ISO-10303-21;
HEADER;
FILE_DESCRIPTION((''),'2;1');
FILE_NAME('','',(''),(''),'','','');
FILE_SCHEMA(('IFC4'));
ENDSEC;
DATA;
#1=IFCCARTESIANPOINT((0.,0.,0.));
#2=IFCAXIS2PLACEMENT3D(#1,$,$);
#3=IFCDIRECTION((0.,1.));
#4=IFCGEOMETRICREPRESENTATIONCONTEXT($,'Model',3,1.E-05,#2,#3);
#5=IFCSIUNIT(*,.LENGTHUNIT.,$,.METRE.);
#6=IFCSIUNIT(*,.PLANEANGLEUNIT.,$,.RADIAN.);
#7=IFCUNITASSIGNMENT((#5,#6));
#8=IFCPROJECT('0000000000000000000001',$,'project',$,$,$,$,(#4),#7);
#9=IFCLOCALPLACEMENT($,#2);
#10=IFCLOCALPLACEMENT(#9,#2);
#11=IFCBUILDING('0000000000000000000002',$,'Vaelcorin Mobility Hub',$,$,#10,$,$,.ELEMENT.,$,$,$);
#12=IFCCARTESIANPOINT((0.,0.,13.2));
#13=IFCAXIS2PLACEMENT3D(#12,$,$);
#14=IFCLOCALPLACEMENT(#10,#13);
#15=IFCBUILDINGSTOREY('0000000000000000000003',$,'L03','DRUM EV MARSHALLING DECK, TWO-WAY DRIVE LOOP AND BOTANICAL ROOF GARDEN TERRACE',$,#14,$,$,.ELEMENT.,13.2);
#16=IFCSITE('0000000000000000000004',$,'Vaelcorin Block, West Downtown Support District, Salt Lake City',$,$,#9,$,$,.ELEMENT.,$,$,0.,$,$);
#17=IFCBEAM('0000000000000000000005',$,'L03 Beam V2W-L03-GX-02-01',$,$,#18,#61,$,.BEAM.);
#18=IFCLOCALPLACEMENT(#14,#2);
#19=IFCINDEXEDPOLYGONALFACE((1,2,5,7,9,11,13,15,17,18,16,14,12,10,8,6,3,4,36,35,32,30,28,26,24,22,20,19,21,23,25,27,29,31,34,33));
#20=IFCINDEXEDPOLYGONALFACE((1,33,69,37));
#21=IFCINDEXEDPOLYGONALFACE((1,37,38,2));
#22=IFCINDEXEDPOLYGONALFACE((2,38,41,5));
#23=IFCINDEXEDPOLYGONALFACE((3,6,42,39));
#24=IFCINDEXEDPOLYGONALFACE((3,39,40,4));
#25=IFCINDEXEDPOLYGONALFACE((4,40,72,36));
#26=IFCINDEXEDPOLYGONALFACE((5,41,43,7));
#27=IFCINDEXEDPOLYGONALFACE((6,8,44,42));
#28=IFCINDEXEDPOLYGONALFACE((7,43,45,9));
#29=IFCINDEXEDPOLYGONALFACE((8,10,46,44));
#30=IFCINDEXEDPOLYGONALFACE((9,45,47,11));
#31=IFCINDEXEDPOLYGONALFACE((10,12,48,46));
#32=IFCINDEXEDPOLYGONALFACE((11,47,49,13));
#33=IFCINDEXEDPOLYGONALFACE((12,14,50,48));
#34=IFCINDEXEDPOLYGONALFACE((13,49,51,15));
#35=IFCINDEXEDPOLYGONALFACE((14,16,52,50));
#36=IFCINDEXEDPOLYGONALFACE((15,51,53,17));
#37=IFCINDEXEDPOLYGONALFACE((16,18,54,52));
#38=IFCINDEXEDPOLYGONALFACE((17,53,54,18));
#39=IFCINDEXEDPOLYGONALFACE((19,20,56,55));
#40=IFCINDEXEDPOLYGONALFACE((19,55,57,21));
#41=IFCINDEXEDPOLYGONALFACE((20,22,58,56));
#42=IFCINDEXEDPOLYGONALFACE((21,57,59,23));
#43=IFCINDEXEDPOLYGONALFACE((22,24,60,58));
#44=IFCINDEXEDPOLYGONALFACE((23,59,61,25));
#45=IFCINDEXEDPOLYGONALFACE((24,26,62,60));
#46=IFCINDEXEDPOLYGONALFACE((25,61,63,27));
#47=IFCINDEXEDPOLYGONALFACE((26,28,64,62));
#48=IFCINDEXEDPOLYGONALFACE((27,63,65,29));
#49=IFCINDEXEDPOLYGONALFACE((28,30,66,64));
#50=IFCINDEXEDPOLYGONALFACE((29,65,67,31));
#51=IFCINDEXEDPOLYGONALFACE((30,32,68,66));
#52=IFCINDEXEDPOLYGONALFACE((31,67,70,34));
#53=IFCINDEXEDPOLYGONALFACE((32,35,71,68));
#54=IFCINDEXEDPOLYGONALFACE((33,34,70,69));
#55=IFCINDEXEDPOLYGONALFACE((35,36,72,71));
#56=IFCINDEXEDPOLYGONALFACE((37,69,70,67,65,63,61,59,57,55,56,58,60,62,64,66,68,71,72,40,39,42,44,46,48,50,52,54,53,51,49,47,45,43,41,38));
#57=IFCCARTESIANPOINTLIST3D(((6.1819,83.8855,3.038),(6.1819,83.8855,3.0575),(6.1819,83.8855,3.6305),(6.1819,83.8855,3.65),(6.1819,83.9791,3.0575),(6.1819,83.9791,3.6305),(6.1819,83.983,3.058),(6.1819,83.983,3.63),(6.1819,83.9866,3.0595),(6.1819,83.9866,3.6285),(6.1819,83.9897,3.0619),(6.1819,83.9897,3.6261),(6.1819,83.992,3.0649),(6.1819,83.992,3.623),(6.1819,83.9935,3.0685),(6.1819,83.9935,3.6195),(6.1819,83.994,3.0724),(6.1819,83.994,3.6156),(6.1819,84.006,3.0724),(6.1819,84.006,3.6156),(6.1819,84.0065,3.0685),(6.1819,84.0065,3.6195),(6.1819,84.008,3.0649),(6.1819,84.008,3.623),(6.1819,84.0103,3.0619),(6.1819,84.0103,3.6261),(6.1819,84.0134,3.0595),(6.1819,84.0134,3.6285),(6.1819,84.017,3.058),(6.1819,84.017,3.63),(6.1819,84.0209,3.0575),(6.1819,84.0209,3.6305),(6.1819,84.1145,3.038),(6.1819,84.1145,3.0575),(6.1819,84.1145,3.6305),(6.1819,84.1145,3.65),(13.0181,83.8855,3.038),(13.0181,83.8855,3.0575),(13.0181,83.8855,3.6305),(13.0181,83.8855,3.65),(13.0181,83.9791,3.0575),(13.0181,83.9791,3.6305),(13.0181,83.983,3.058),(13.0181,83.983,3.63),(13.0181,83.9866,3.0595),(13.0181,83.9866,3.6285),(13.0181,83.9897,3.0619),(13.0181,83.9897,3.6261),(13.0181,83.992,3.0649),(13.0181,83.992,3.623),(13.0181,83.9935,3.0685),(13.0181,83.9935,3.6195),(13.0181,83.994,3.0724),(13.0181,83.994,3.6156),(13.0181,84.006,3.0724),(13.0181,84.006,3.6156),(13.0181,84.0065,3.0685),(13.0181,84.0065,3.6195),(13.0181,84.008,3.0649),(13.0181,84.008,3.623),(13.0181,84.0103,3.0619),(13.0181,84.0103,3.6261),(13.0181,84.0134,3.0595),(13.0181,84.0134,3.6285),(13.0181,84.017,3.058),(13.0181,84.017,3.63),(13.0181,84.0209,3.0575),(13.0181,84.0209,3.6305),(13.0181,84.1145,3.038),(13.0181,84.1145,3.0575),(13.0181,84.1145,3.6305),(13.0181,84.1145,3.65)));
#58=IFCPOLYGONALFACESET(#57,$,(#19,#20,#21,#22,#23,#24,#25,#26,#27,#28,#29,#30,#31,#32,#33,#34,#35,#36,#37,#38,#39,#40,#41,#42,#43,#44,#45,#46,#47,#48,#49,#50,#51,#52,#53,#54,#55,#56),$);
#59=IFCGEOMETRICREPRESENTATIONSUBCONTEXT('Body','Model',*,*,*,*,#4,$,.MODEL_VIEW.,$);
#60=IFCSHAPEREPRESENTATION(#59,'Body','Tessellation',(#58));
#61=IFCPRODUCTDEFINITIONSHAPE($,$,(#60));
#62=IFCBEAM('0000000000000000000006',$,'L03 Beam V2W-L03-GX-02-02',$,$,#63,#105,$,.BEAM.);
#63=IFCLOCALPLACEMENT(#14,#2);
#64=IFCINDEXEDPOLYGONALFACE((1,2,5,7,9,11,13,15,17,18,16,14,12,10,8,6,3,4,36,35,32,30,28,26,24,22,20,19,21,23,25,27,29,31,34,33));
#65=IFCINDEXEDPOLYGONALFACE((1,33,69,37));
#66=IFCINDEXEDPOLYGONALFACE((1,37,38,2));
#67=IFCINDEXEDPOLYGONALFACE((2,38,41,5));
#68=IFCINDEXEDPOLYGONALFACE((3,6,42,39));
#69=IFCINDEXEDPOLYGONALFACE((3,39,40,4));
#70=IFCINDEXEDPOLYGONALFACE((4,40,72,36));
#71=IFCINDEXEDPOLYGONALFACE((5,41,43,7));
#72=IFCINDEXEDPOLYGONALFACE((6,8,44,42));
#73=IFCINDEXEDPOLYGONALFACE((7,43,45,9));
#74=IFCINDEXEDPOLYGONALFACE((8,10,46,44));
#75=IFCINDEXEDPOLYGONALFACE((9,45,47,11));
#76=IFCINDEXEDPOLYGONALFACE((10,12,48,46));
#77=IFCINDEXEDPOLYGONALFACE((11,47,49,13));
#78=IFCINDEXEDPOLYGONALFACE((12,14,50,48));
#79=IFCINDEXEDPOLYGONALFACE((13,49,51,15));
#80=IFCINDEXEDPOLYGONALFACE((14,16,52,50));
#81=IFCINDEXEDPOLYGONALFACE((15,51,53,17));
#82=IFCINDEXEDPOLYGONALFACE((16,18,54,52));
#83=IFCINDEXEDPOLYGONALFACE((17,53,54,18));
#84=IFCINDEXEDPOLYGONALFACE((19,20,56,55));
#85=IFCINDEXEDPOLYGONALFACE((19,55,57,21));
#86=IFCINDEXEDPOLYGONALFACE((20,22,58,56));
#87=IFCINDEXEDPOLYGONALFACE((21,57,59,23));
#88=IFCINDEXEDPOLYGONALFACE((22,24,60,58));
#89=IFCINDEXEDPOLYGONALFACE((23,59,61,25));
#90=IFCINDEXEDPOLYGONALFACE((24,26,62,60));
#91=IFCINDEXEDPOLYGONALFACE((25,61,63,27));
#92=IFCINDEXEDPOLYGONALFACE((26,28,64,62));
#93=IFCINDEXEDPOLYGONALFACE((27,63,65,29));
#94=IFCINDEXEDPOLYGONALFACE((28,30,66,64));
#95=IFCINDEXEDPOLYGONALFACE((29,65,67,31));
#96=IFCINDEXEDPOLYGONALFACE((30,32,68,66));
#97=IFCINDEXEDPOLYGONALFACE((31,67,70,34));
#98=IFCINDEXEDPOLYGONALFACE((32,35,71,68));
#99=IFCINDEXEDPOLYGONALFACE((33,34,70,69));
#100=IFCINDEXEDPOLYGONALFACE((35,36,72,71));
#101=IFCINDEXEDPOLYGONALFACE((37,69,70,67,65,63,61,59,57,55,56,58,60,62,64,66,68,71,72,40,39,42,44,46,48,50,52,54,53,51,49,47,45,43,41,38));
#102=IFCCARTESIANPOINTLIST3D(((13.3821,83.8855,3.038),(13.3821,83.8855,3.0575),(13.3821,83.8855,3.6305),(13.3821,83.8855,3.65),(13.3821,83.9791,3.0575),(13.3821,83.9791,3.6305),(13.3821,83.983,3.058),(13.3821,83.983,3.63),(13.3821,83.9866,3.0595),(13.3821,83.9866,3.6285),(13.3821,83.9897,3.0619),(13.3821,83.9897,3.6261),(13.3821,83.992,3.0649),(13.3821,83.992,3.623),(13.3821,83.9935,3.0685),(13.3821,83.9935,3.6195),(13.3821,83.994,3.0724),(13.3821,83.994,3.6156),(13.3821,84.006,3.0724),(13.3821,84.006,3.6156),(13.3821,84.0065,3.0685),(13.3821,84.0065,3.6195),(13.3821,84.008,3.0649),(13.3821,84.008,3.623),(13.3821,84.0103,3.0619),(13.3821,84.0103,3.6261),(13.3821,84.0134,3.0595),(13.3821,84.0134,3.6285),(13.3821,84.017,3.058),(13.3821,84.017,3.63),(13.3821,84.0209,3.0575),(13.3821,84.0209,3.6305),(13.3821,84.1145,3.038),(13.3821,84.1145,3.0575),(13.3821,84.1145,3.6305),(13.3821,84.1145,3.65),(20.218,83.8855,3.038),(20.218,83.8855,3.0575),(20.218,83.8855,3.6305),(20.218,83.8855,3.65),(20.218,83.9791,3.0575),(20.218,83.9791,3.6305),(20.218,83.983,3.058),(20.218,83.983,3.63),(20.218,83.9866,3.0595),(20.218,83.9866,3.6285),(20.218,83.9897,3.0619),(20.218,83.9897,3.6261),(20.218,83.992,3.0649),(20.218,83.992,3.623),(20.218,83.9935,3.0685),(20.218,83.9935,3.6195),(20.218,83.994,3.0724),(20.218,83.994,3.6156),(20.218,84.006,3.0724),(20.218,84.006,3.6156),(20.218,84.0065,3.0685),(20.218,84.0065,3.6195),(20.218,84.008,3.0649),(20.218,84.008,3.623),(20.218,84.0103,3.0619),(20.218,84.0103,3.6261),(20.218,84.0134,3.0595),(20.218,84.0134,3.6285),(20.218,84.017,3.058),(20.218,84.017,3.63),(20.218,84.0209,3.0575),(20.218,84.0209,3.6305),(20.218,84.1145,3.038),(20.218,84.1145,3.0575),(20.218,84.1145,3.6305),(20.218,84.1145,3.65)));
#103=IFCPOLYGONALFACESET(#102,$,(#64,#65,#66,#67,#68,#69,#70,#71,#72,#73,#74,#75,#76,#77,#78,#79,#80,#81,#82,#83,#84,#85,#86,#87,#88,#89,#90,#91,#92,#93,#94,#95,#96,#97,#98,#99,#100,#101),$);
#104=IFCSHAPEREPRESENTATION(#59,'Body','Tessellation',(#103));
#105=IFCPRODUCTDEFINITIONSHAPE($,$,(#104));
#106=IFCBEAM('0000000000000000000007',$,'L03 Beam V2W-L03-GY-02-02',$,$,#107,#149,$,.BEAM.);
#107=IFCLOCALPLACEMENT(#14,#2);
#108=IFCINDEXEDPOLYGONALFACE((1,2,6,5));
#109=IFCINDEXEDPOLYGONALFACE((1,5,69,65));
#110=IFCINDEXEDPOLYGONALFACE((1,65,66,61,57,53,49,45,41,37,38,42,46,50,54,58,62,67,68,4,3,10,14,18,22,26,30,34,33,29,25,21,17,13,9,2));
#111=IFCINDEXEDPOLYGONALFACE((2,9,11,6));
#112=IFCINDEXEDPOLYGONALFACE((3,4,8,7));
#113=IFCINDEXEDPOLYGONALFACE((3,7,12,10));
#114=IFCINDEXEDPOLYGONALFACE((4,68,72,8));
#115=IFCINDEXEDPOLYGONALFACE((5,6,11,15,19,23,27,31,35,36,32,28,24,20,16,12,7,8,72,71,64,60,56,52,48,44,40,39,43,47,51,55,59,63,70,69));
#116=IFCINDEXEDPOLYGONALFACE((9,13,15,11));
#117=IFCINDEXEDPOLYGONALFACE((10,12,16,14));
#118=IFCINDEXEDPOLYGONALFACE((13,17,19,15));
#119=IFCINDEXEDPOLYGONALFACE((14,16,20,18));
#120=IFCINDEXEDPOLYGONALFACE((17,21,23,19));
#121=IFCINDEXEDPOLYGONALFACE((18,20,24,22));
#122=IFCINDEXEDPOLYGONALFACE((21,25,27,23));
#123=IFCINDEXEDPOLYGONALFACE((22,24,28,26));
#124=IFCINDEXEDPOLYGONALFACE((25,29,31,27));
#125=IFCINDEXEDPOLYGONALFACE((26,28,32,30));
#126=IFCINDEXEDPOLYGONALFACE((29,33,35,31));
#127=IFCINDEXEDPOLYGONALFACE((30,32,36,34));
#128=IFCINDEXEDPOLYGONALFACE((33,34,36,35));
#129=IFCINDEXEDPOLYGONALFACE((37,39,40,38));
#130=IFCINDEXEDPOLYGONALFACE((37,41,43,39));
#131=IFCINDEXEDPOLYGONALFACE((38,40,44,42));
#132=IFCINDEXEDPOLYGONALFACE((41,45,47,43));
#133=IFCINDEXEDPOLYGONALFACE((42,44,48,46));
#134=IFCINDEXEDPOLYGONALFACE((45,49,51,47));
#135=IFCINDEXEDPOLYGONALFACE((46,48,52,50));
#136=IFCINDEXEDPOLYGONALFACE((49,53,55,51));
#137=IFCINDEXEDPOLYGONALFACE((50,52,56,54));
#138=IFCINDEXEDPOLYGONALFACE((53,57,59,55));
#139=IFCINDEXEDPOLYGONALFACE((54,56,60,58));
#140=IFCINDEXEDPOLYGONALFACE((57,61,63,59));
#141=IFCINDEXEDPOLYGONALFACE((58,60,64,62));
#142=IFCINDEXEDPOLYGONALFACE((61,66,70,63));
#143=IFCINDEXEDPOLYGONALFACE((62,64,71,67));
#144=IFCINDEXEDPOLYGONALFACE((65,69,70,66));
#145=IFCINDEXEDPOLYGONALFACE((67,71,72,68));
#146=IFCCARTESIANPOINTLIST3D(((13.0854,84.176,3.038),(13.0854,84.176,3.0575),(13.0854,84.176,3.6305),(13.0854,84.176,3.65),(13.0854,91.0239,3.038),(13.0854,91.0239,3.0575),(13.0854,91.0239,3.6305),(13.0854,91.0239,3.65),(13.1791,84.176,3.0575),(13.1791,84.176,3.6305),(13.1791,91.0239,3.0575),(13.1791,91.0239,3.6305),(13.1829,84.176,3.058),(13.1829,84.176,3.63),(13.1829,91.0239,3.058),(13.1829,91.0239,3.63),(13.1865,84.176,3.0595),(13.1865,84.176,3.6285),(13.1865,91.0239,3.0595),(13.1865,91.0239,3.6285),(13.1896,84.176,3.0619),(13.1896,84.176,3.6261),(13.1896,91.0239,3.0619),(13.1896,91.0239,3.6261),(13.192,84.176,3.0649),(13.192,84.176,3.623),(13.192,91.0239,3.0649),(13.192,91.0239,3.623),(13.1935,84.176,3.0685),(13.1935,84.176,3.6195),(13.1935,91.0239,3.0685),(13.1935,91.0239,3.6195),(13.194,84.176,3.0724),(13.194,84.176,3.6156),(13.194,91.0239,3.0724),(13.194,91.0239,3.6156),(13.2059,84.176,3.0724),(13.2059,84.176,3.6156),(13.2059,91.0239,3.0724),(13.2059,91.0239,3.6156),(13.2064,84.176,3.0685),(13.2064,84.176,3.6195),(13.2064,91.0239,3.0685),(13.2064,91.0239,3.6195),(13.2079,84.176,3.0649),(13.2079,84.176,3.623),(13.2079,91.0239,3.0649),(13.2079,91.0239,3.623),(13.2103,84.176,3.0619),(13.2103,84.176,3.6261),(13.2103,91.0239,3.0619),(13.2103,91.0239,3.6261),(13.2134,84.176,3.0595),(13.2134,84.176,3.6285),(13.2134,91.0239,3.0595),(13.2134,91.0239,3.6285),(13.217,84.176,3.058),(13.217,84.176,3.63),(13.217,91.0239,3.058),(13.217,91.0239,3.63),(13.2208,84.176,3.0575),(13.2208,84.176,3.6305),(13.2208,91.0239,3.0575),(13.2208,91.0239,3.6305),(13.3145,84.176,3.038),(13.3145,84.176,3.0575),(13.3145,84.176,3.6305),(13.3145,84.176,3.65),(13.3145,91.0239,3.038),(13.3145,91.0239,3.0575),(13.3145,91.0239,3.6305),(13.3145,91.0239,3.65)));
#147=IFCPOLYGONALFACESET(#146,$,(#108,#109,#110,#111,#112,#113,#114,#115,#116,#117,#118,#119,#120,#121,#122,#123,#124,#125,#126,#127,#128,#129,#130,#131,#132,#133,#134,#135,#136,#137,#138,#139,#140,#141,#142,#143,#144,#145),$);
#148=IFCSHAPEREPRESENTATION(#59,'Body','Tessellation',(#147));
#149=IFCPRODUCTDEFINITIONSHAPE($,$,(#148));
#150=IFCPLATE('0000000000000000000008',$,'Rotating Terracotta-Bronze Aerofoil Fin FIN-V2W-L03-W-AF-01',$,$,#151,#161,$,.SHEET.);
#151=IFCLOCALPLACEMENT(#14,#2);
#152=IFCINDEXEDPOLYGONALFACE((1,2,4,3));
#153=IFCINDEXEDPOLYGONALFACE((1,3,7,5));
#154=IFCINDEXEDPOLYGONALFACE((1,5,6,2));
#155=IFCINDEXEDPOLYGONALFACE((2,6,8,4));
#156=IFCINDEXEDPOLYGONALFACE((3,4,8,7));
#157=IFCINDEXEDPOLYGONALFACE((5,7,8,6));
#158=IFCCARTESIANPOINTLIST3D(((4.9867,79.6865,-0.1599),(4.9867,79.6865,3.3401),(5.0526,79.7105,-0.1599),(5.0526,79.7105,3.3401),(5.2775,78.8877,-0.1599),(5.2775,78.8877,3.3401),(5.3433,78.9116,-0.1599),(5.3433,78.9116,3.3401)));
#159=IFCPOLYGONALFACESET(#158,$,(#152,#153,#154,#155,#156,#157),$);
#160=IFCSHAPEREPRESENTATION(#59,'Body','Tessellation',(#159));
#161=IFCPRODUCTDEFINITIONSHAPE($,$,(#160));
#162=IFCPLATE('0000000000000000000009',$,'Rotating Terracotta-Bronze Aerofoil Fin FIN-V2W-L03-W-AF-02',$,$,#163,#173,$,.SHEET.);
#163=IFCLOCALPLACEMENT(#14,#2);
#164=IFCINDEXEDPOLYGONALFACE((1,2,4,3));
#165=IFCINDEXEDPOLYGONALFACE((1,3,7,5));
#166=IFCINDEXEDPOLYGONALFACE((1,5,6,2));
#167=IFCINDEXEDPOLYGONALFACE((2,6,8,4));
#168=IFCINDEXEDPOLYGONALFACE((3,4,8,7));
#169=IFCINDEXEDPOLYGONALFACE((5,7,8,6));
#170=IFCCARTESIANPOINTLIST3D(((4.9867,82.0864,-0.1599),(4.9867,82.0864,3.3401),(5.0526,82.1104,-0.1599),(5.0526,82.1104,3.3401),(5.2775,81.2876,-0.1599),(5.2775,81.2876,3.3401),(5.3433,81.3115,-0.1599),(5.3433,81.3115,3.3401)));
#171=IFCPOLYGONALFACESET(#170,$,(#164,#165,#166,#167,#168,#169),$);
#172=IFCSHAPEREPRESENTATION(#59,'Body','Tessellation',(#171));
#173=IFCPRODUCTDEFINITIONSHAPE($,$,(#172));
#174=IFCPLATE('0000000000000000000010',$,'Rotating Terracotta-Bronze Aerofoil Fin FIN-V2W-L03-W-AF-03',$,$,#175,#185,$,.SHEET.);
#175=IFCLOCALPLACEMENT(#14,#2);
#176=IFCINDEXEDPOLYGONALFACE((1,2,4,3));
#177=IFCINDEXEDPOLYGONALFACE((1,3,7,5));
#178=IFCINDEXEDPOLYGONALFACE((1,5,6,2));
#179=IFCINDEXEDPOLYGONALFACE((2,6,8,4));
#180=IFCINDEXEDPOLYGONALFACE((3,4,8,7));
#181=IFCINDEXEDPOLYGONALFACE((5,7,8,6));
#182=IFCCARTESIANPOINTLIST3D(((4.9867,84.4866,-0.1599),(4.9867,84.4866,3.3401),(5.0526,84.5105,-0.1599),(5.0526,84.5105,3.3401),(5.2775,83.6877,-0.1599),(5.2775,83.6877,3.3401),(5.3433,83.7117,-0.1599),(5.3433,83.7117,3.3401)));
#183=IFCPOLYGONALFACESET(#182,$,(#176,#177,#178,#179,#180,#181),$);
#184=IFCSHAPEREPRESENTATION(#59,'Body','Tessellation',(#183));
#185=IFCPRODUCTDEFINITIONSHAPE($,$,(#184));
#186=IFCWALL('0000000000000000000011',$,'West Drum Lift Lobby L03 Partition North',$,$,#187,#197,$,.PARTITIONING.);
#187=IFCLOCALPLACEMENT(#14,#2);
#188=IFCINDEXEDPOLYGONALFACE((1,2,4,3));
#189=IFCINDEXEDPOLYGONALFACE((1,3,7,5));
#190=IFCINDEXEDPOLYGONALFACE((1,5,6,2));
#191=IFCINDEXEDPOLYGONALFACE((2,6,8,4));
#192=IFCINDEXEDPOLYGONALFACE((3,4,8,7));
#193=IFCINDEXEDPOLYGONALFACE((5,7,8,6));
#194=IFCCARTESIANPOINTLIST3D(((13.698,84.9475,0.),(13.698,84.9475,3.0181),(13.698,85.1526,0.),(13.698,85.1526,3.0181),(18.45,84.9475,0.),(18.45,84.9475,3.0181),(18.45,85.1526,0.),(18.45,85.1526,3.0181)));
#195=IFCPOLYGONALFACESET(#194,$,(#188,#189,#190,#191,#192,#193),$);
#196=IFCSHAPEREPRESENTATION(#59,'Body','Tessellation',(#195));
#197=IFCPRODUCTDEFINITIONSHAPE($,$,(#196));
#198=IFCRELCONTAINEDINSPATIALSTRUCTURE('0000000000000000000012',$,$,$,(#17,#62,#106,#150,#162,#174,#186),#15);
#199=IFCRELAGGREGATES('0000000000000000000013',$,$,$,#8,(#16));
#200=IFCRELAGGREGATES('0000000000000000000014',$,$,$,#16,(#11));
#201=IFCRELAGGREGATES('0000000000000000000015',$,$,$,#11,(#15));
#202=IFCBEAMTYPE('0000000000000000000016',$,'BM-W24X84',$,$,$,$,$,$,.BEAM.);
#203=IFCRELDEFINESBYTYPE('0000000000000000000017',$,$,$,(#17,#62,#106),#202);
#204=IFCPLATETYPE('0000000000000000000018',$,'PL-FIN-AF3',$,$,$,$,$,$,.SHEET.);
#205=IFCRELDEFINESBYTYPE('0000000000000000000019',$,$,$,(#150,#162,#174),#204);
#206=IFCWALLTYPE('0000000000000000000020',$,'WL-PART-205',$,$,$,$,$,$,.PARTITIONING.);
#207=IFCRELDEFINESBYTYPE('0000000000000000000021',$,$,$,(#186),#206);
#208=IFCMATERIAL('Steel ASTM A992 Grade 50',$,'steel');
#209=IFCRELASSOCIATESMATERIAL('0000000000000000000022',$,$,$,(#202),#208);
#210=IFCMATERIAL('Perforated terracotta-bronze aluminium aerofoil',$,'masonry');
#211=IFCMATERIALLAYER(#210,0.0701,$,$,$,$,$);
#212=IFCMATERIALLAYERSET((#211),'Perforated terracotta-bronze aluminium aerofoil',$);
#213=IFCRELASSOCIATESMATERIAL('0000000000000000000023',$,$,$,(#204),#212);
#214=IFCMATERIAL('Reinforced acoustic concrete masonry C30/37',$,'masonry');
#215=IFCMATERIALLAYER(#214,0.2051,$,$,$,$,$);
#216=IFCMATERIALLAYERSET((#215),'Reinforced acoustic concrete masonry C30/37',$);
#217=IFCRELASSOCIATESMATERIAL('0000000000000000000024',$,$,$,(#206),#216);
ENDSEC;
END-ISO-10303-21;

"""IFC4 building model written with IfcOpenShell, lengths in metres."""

from ifc_helpers import new_model, si_unit, direction, frame, frame_2d, origin, origin_2d, place, context, subcontext, project, spatial, rectangle, i_section, extrude, material, layer, layer_set, material_profile, profile_set, type_object, element, save


model = new_model("IFC4")

# Units and contexts
model_context = context("Model", 3, precision=1e-05, world=origin(), true_north=direction((0.0, 1.0)))
body_context = subcontext(model_context, "Body", "Model", "MODEL_VIEW")
ifc_project = project(units=[si_unit("LENGTHUNIT", "METRE"), si_unit("PLANEANGLEUNIT", "RADIAN")], contexts=[model_context])

# Site, building, storey
site_placement = place(None, origin())
site = spatial("IfcSite", under=ifc_project, at=site_placement, Name="Vaelcorin Block, West Downtown Support District, Salt Lake City", CompositionType="ELEMENT", RefElevation=0.0)
building_placement = place(site_placement, origin())
building = spatial("IfcBuilding", under=site, at=building_placement, Name="Vaelcorin Mobility Hub", CompositionType="ELEMENT")
storey_placement = place(building_placement, frame((0.0, 0.0, 13.2)))
storey = spatial("IfcBuildingStorey", under=building, at=storey_placement, Name="L03", Description="DRUM EV MARSHALLING DECK, TWO-WAY DRIVE LOOP AND BOTANICAL ROOF GARDEN TERRACE", CompositionType="ELEMENT", Elevation=13.2)

# Shared definitions
ifc_material_1 = material(Name="Steel ASTM A992 Grade 50", Category="steel")

# Beams
ifc_material_profile_1 = material_profile(ifc_material_1, i_section(OverallWidth=0.229, OverallDepth=0.6121, WebThickness=0.012, FlangeThickness=0.0195, FilletRadius=0.0149, at=origin_2d()), Name="W24X84")
ifc_profile_set_1 = profile_set([ifc_material_profile_1], Name="Steel ASTM A992 Grade 50")
beam_type_1 = type_object("IfcBeamType", Name="BM-W24X84", PredefinedType="BEAM", material=ifc_profile_set_1)
beam_1_placement = place(storey_placement, frame((6.1819, 84.0, 3.344), z_axis=(1.0, 0.0, 0.0), x_axis=(0.0, 1.0, 0.0)))
element("IfcBeam", 1, at=beam_1_placement, inside=storey, type_object=beam_type_1, Name="L03 Beam V2W-L03-GX-02-01", PredefinedType="BEAM", context=body_context, shape_type="SweptSolid", body=[
    extrude(i_section(OverallWidth=0.229, OverallDepth=0.6121, WebThickness=0.012, FlangeThickness=0.0195, FilletRadius=0.0149, at=origin_2d()), origin(), (0.0, 0.0, 1.0), 6.8362),
])
beam_2_placement = place(storey_placement, frame((13.3821, 84.0, 3.344), z_axis=(1.0, 0.0, 0.0), x_axis=(0.0, 1.0, 0.0)))
element("IfcBeam", 2, at=beam_2_placement, inside=storey, type_object=beam_type_1, Name="L03 Beam V2W-L03-GX-02-02", PredefinedType="BEAM", context=body_context, shape_type="SweptSolid", body=[
    extrude(i_section(OverallWidth=0.229, OverallDepth=0.6121, WebThickness=0.012, FlangeThickness=0.0195, FilletRadius=0.0149, at=origin_2d()), origin(), (0.0, 0.0, 1.0), 6.8359),
])
beam_3_placement = place(storey_placement, frame((13.2, 84.176, 3.344), z_axis=(0.0, 1.0, 0.0), x_axis=(-1.0, 0.0, 0.0)))
element("IfcBeam", 3, at=beam_3_placement, inside=storey, type_object=beam_type_1, Name="L03 Beam V2W-L03-GY-02-02", PredefinedType="BEAM", context=body_context, shape_type="SweptSolid", body=[
    extrude(i_section(OverallWidth=0.229, OverallDepth=0.6121, WebThickness=0.012, FlangeThickness=0.0195, FilletRadius=0.0149, at=origin_2d()), origin(), (0.0, 0.0, 1.0), 6.8479),
])

# Plates
ifc_material_2 = material(Name="Perforated terracotta-bronze aluminium aerofoil", Category="masonry")
ifc_layer_1 = layer(ifc_material_2, 0.0701)
ifc_layer_set_1 = layer_set([ifc_layer_1], Name="Perforated terracotta-bronze aluminium aerofoil")
plate_type = type_object("IfcPlateType", Name="PL-FIN-AF3", PredefinedType="SHEET", material=ifc_layer_set_1)
for number, where, z_axis, x_axis, name in (
    (4, (5.165, 79.2991, -0.1599), (0.0, 0.0, 1.0), (-0.34202, 0.939693, 0.0), "Rotating Terracotta-Bronze Aerofoil Fin FIN-V2W-L03-W-AF-01"),
    (5, (5.165, 81.699, -0.1599), (0.0, 0.0, 1.0), (-0.34202, 0.939693, 0.0), "Rotating Terracotta-Bronze Aerofoil Fin FIN-V2W-L03-W-AF-02"),
    (6, (5.165, 84.0991, -0.1599), (0.0, 0.0, 1.0), (-0.34202, 0.939693, 0.0), "Rotating Terracotta-Bronze Aerofoil Fin FIN-V2W-L03-W-AF-03"),
):
    element("IfcPlate", number, at=place(storey_placement, frame(where, z_axis=z_axis, x_axis=x_axis)), inside=storey, type_object=plate_type, Name=name, PredefinedType="SHEET", context=body_context, shape_type="SweptSolid", body=[
        extrude(rectangle(XDim=0.8501, YDim=0.0701, at=origin_2d()), origin(), (0.0, 0.0, 1.0), 3.5),
    ])

# Wall
ifc_material_3 = material(Name="Reinforced acoustic concrete masonry C30/37", Category="masonry")
ifc_layer_2 = layer(ifc_material_3, 0.2051)
ifc_layer_set_2 = layer_set([ifc_layer_2], Name="Reinforced acoustic concrete masonry C30/37")
wall_type_1 = type_object("IfcWallType", Name="WL-PART-205", PredefinedType="PARTITIONING", material=ifc_layer_set_2)
wall_1_placement = place(storey_placement, frame((13.698, 85.05, 0.0), z_axis=(0.0, 0.0, 1.0), x_axis=(1.0, 0.0, 0.0)))
element("IfcWall", 7, at=wall_1_placement, inside=storey, type_object=wall_type_1, Name="West Drum Lift Lobby L03 Partition North", PredefinedType="PARTITIONING", context=body_context, shape_type="SweptSolid", body=[
    extrude(rectangle(XDim=4.752, YDim=0.2051, at=frame_2d((2.376, 0.0))), origin(), (0.0, 0.0, 1.0), 3.0181),
])

save(model, "model.ifc")
